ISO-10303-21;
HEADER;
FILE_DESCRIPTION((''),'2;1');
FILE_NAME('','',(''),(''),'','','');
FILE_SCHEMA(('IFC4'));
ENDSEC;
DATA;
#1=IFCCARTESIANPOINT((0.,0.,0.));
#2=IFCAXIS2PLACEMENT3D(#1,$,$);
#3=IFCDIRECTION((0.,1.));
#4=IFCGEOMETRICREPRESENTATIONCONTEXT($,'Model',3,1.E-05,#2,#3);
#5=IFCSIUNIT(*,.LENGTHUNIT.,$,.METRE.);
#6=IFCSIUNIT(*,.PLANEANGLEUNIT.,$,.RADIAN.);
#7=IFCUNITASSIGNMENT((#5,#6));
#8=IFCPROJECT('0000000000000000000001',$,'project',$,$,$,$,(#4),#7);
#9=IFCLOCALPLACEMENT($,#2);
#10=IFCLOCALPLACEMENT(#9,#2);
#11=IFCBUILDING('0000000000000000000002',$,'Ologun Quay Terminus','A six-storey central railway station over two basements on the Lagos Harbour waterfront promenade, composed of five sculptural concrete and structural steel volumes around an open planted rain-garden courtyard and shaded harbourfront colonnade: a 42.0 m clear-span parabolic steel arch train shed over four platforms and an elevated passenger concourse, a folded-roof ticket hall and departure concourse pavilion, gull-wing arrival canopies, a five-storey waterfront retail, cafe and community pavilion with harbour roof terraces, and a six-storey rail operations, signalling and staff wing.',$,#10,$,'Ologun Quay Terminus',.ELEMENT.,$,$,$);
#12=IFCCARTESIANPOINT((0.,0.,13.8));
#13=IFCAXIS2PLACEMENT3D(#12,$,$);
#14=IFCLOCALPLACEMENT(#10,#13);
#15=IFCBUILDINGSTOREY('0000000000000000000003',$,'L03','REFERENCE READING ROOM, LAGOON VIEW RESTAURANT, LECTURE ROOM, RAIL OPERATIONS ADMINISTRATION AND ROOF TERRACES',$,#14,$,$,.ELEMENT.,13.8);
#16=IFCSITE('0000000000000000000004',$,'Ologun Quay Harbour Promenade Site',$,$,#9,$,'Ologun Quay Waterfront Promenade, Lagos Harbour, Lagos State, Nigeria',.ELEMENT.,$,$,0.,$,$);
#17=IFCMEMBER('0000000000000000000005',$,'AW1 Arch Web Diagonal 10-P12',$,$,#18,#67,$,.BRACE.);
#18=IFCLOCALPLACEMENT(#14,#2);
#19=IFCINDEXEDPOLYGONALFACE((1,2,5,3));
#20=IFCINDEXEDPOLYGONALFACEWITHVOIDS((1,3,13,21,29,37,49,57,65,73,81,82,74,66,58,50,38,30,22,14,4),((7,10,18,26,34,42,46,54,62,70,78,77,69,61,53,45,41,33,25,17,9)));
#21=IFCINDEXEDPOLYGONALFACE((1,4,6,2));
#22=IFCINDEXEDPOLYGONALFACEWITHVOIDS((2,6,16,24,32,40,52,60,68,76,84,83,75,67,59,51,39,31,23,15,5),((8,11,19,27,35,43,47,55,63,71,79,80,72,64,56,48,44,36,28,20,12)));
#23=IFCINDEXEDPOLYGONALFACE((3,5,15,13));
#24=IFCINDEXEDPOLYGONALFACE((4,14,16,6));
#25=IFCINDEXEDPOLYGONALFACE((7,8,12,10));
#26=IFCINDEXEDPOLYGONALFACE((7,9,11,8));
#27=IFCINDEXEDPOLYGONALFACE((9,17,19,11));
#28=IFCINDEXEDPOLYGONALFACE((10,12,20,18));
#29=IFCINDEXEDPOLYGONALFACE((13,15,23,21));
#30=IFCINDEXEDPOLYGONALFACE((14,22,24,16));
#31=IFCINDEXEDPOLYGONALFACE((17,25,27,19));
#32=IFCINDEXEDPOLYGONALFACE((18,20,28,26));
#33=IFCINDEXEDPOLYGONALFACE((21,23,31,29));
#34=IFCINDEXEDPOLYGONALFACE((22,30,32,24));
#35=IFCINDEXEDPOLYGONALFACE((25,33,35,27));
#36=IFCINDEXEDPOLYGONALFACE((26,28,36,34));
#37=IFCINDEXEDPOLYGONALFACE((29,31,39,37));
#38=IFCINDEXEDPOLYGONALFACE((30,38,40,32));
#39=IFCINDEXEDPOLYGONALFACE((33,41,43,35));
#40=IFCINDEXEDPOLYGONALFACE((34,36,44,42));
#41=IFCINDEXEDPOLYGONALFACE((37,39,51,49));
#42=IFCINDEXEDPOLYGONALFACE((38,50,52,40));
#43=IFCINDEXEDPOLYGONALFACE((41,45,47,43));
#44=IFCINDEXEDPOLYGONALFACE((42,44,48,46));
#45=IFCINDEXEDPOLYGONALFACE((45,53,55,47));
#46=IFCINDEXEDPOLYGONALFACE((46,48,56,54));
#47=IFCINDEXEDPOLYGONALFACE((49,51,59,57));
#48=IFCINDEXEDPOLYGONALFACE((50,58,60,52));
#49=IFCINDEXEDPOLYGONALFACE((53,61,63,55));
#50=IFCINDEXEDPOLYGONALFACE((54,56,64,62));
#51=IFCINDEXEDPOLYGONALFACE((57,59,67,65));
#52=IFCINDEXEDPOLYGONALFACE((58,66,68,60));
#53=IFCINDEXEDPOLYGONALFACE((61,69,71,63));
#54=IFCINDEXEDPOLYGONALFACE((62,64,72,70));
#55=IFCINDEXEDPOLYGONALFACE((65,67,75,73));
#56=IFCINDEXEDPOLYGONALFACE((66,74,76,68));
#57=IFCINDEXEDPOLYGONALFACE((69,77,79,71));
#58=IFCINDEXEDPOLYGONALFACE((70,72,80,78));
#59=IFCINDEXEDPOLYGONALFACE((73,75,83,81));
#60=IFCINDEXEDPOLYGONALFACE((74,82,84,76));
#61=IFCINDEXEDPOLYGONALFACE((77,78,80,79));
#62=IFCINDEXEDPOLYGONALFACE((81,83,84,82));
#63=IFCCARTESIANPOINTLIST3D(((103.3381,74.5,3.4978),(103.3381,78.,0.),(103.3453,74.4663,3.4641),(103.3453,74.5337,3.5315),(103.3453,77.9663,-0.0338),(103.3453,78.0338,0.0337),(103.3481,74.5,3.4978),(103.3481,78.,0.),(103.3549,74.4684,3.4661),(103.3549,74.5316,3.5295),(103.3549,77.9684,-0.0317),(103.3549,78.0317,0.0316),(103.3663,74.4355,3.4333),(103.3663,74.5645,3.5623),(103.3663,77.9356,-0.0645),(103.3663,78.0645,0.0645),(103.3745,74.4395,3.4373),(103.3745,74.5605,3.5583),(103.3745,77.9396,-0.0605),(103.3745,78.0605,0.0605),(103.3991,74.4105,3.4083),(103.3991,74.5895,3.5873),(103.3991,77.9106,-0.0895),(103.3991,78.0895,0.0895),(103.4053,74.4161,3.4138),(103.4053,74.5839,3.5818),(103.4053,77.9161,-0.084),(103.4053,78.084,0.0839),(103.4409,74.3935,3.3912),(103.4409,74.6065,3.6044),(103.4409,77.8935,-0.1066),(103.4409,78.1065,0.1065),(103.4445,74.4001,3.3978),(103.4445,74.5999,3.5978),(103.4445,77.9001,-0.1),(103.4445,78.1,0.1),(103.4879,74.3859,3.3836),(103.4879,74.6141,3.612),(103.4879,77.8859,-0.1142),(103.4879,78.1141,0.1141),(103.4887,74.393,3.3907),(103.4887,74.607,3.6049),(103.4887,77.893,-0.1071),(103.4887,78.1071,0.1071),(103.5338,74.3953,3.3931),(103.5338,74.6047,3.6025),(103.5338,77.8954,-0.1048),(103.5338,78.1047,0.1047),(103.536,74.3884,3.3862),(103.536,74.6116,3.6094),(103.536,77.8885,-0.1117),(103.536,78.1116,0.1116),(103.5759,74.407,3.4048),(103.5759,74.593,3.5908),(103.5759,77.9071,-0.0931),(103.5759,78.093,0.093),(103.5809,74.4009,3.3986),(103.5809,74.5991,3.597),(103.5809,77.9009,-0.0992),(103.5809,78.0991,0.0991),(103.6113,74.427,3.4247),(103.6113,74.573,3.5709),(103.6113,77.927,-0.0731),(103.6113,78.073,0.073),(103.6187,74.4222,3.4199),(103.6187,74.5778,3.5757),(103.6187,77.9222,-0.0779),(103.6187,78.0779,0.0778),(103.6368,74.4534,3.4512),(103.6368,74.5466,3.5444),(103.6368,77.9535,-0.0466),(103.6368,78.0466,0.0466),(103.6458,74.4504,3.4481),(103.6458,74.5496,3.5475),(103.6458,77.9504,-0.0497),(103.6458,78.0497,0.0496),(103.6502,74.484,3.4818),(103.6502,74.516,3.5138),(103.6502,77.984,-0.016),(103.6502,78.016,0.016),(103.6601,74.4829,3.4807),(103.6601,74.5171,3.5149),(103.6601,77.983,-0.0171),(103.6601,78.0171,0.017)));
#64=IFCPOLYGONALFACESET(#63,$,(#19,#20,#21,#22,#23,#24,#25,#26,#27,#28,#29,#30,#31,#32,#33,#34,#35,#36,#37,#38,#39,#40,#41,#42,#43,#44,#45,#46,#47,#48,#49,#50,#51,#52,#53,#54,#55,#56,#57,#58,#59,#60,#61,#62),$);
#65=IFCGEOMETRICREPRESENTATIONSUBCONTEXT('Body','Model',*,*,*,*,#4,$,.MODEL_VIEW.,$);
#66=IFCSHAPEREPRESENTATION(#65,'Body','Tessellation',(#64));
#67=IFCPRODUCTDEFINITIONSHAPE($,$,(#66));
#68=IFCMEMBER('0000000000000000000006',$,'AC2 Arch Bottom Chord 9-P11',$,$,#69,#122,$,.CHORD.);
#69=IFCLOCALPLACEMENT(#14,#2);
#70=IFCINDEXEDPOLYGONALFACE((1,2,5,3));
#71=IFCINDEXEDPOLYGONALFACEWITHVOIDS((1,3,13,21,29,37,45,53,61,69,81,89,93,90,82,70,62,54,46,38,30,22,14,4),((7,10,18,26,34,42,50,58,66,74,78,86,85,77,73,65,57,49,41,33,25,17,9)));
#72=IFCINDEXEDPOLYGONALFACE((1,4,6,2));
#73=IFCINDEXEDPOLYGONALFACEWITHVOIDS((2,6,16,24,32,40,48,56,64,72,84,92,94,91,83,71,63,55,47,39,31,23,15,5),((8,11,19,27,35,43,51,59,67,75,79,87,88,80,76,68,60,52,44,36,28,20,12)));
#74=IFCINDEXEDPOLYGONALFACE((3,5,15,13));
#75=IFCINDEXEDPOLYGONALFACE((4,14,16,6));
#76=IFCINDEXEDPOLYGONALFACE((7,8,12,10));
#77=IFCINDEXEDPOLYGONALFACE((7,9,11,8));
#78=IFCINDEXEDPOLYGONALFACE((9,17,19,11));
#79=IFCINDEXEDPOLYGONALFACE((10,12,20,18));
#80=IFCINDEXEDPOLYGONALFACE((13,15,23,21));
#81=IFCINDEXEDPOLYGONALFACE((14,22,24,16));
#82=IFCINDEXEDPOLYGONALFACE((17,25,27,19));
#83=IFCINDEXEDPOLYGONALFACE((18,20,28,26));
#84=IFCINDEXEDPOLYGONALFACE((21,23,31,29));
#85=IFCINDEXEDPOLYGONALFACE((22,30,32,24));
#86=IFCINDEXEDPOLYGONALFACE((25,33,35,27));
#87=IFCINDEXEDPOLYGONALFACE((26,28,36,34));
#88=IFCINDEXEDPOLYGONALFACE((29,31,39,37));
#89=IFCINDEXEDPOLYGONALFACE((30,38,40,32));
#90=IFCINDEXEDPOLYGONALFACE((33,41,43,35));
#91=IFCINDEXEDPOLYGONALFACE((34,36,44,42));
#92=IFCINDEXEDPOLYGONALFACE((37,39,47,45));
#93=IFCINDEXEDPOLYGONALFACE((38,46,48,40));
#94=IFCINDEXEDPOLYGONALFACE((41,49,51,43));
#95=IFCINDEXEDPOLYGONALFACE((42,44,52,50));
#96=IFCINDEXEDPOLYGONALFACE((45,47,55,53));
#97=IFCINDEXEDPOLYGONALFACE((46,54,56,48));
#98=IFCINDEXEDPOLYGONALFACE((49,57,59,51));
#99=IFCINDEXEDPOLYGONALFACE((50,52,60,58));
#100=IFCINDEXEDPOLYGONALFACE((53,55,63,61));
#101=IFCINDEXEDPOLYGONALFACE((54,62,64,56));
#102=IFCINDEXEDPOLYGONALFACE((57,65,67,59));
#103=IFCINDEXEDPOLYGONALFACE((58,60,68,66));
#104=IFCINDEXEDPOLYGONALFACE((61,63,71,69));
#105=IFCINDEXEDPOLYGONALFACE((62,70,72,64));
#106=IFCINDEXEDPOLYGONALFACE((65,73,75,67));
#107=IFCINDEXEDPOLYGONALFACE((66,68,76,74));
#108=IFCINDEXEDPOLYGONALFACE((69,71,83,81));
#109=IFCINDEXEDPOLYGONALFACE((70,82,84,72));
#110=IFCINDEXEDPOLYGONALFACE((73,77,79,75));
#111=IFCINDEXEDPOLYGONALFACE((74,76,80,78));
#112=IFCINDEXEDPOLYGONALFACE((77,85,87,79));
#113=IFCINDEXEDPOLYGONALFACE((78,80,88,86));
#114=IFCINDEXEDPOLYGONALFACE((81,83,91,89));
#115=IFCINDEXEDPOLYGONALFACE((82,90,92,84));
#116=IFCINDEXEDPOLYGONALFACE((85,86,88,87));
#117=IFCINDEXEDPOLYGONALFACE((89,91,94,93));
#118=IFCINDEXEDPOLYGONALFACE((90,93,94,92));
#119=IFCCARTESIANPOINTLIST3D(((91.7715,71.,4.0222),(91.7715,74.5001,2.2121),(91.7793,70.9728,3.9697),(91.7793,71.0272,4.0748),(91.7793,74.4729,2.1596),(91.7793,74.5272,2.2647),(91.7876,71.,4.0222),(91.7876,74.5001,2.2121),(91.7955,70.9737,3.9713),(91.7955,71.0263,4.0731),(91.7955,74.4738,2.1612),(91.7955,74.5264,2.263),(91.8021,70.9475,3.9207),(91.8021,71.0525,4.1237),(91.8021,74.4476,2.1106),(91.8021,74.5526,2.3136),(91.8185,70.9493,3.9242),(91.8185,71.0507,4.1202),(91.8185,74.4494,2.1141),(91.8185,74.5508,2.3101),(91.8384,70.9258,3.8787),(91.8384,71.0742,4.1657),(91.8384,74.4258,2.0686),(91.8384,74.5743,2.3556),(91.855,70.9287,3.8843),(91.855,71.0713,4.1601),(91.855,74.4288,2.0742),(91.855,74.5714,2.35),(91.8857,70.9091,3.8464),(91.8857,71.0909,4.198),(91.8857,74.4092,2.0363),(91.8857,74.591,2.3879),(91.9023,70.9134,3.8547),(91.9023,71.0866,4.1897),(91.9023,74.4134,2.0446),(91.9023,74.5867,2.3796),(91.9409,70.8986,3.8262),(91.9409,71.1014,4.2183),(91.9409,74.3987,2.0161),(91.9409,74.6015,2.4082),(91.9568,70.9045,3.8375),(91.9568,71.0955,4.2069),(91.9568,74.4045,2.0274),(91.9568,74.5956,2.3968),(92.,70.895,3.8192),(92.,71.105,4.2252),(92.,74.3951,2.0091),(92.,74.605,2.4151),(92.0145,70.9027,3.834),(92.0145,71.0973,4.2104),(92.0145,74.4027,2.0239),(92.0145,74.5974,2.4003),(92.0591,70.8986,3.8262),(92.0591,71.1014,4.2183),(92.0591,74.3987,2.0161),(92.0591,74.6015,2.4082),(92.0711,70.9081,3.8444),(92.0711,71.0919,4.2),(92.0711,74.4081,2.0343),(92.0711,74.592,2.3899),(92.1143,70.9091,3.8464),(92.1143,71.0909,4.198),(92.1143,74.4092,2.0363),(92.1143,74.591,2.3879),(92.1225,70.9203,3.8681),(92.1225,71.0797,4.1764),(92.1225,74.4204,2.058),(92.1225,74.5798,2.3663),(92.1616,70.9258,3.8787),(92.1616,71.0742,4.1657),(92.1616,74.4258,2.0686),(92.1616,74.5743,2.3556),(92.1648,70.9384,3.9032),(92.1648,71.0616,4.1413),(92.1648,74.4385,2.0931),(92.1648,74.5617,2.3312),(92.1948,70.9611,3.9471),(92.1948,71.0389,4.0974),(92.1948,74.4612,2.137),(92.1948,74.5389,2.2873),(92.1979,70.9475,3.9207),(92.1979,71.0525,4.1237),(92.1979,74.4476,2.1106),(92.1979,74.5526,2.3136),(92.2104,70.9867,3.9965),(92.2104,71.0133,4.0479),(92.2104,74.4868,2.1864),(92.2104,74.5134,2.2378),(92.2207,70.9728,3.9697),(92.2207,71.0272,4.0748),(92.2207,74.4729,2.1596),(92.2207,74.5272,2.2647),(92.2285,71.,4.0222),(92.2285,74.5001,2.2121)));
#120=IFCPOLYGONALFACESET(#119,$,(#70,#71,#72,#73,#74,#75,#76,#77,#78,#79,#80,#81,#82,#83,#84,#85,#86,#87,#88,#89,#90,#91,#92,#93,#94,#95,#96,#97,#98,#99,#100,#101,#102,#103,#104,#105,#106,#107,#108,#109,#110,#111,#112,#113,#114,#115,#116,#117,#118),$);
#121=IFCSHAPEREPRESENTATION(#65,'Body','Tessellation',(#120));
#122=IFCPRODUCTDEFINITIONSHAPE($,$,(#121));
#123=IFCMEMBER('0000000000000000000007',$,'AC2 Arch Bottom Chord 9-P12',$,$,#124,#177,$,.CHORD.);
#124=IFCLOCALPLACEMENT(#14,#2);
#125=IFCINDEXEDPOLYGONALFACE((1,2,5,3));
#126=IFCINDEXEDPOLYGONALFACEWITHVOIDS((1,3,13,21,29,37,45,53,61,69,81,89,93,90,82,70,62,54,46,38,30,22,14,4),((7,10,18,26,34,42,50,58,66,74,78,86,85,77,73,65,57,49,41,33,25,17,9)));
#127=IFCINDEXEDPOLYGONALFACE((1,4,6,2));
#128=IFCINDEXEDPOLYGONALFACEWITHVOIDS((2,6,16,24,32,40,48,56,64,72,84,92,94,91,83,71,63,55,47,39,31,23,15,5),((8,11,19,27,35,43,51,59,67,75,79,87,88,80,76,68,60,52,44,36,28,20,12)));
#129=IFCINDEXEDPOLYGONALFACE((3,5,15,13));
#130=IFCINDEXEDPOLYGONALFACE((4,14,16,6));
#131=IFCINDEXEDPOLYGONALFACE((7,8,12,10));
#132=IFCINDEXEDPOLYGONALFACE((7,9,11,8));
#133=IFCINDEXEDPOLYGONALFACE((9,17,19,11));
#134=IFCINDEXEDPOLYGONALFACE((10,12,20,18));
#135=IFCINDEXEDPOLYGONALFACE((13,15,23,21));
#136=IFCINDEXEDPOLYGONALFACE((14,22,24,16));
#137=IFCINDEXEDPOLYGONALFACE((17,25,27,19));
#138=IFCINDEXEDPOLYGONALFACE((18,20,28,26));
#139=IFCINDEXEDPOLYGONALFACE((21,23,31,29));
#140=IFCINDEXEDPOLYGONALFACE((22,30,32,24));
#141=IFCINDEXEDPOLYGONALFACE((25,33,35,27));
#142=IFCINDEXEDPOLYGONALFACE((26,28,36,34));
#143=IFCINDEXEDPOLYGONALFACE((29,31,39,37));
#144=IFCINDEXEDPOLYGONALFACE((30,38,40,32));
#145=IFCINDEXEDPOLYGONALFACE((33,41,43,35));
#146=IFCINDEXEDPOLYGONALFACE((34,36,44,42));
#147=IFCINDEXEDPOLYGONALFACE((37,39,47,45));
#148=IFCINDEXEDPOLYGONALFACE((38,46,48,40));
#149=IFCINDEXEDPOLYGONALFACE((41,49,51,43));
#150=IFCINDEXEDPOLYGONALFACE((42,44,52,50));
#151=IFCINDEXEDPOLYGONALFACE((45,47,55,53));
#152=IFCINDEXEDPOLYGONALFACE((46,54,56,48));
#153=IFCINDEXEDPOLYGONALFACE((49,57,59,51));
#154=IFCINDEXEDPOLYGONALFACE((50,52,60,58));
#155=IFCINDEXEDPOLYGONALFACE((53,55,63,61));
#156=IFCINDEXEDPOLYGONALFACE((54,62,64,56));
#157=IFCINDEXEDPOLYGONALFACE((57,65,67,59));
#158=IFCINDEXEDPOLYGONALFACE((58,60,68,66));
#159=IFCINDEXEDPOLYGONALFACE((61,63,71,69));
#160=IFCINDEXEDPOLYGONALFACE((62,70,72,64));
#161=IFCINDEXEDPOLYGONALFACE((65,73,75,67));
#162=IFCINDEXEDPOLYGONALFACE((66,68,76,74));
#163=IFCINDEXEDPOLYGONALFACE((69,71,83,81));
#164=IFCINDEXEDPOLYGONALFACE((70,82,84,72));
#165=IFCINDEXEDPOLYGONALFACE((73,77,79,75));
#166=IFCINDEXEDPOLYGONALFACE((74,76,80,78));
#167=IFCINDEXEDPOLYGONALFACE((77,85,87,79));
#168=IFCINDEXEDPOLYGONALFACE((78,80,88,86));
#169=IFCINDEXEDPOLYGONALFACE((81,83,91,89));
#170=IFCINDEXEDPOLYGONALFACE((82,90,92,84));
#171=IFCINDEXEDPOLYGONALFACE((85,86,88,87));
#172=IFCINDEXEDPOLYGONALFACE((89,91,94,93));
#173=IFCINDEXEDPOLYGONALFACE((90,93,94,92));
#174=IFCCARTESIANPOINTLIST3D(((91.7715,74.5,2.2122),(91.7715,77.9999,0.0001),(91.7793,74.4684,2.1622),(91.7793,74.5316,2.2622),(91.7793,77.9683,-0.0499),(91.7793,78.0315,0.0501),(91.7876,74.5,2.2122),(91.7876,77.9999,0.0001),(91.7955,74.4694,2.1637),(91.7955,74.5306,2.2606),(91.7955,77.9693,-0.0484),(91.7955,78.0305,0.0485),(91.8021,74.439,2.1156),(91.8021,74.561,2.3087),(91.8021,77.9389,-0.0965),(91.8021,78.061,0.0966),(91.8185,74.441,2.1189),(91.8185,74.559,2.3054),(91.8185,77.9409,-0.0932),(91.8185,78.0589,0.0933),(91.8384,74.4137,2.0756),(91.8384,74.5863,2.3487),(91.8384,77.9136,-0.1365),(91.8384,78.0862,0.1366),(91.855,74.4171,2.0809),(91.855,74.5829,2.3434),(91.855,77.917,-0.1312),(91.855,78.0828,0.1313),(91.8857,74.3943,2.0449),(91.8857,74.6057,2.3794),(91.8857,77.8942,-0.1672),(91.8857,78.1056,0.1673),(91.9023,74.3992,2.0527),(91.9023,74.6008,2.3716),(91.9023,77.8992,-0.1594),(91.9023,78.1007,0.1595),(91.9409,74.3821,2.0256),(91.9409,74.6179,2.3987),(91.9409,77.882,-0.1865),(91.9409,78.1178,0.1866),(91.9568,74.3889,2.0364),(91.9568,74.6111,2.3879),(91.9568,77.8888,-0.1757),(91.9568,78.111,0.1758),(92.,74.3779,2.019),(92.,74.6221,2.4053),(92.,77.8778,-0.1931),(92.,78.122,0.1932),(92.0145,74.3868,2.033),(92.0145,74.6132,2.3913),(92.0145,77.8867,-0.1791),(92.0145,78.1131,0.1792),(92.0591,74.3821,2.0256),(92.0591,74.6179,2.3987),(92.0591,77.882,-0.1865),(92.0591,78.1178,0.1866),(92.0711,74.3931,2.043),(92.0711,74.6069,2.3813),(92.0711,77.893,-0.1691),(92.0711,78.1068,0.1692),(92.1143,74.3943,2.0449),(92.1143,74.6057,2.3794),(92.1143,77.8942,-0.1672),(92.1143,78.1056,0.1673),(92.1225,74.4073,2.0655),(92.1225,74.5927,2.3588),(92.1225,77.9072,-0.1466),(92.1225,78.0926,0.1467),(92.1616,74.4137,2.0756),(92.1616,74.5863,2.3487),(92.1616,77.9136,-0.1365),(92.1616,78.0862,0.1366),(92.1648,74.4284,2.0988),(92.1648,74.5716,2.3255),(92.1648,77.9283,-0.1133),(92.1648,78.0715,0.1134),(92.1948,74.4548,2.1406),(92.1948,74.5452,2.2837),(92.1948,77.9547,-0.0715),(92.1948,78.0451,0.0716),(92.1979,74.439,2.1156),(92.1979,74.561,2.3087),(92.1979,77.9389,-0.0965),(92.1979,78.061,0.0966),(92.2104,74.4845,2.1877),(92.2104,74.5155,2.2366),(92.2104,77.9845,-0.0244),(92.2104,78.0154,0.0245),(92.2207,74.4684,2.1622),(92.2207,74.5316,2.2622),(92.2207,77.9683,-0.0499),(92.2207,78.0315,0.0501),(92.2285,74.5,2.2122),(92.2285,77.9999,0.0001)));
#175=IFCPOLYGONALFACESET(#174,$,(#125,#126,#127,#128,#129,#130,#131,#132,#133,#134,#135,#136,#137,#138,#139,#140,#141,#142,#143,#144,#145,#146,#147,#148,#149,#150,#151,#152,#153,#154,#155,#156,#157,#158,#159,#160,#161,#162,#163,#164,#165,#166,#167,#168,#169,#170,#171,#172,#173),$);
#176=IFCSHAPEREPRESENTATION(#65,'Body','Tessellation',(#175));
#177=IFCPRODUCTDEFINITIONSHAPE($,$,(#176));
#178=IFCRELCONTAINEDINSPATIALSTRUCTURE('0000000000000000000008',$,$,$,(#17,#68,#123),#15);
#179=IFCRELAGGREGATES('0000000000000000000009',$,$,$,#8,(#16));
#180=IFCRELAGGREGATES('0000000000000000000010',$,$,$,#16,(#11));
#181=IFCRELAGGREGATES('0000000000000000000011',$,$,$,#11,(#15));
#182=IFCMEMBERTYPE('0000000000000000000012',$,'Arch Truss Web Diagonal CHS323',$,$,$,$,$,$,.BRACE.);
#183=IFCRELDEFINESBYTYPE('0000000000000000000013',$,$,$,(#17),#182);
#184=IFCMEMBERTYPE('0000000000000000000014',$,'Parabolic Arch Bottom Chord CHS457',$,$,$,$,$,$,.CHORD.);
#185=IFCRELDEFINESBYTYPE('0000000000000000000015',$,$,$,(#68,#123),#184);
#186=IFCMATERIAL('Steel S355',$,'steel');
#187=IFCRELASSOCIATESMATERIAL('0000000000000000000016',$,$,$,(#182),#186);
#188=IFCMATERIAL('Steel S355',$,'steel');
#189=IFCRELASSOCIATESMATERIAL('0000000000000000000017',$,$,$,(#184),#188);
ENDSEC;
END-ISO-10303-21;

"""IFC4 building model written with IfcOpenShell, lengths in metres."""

from ifc_helpers import new_model, si_unit, direction, frame, origin, origin_2d, place, context, subcontext, project, spatial, hollow_circle, extrude, material, material_profile, profile_set, type_object, element, save


model = new_model("IFC4")

# Units and contexts
model_context = context("Model", 3, precision=1e-05, world=origin(), true_north=direction((0.0, 1.0)))
body_context = subcontext(model_context, "Body", "Model", "MODEL_VIEW")
ifc_project = project(units=[si_unit("LENGTHUNIT", "METRE"), si_unit("PLANEANGLEUNIT", "RADIAN")], contexts=[model_context])

# Site, building, storey
site_placement = place(None, origin())
site = spatial("IfcSite", under=ifc_project, at=site_placement, Name="Ologun Quay Harbour Promenade Site", LongName="Ologun Quay Waterfront Promenade, Lagos Harbour, Lagos State, Nigeria", CompositionType="ELEMENT", RefElevation=0.0)
building_placement = place(site_placement, origin())
building = spatial("IfcBuilding", under=site, at=building_placement, Name="Ologun Quay Terminus", Description="A six-storey central railway station over two basements on the Lagos Harbour waterfront promenade, composed of five sculptural concrete and structural steel volumes around an open planted rain-garden courtyard and shaded harbourfront colonnade: a 42.0 m clear-span parabolic steel arch train shed over four platforms and an elevated passenger concourse, a folded-roof ticket hall and departure concourse pavilion, gull-wing arrival canopies, a five-storey waterfront retail, cafe and community pavilion with harbour roof terraces, and a six-storey rail operations, signalling and staff wing.", LongName="Ologun Quay Terminus", CompositionType="ELEMENT")
storey_placement = place(building_placement, frame((0.0, 0.0, 13.8)))
storey = spatial("IfcBuildingStorey", under=building, at=storey_placement, Name="L03", Description="REFERENCE READING ROOM, LAGOON VIEW RESTAURANT, LECTURE ROOM, RAIL OPERATIONS ADMINISTRATION AND ROOF TERRACES", CompositionType="ELEMENT", Elevation=13.8)

# Members
ifc_material_1 = material(Name="Steel S355", Category="steel")
ifc_material_profile_1 = material_profile(ifc_material_1, hollow_circle(Radius=0.1619, WallThickness=0.01, at=origin_2d()), Name="CHS 323.9x10")
ifc_profile_set_1 = profile_set([ifc_material_profile_1], Name="Steel S355")
member_type_1 = type_object("IfcMemberType", Name="Arch Truss Web Diagonal CHS323", PredefinedType="BRACE", material=ifc_profile_set_1)
member_1_placement = place(storey_placement, frame((103.5, 74.5, 3.4978), z_axis=(0.0, 0.707329, -0.706885), x_axis=(-1.0, 0.0, 0.0)))
element("IfcMember", 1, at=member_1_placement, inside=storey, type_object=member_type_1, Name="AW1 Arch Web Diagonal 10-P12", PredefinedType="BRACE", context=body_context, shape_type="SweptSolid", body=[
    extrude(hollow_circle(Radius=0.1619, WallThickness=0.01, at=origin_2d()), origin(), (0.0, 0.0, 1.0), 4.9482),
])
ifc_material_2 = material(Name="Steel S355", Category="steel")
ifc_material_profile_2 = material_profile(ifc_material_2, hollow_circle(Radius=0.2285, WallThickness=0.0161, at=origin_2d()), Name="CHS 457x16")
ifc_profile_set_2 = profile_set([ifc_material_profile_2], Name="Steel S355")
member_type_2 = type_object("IfcMemberType", Name="Parabolic Arch Bottom Chord CHS457", PredefinedType="CHORD", material=ifc_profile_set_2)
member_2_placement = place(storey_placement, frame((92.0, 71.0, 4.0222), z_axis=(0.0, 0.888247, -0.459366), x_axis=(-1.0, 0.0, 0.0)))
element("IfcMember", 2, at=member_2_placement, inside=storey, type_object=member_type_2, Name="AC2 Arch Bottom Chord 9-P11", PredefinedType="CHORD", context=body_context, shape_type="SweptSolid", body=[
    extrude(hollow_circle(Radius=0.2285, WallThickness=0.0161, at=origin_2d()), origin(), (0.0, 0.0, 1.0), 3.9404),
])
member_3_placement = place(storey_placement, frame((92.0, 74.5, 2.2122), z_axis=(0.0, 0.845311, -0.534275), x_axis=(-1.0, 0.0, 0.0)))
element("IfcMember", 3, at=member_3_placement, inside=storey, type_object=member_type_2, Name="AC2 Arch Bottom Chord 9-P12", PredefinedType="CHORD", context=body_context, shape_type="SweptSolid", body=[
    extrude(hollow_circle(Radius=0.2285, WallThickness=0.0161, at=origin_2d()), origin(), (0.0, 0.0, 1.0), 4.1404),
])

save(model, "model.ifc")
